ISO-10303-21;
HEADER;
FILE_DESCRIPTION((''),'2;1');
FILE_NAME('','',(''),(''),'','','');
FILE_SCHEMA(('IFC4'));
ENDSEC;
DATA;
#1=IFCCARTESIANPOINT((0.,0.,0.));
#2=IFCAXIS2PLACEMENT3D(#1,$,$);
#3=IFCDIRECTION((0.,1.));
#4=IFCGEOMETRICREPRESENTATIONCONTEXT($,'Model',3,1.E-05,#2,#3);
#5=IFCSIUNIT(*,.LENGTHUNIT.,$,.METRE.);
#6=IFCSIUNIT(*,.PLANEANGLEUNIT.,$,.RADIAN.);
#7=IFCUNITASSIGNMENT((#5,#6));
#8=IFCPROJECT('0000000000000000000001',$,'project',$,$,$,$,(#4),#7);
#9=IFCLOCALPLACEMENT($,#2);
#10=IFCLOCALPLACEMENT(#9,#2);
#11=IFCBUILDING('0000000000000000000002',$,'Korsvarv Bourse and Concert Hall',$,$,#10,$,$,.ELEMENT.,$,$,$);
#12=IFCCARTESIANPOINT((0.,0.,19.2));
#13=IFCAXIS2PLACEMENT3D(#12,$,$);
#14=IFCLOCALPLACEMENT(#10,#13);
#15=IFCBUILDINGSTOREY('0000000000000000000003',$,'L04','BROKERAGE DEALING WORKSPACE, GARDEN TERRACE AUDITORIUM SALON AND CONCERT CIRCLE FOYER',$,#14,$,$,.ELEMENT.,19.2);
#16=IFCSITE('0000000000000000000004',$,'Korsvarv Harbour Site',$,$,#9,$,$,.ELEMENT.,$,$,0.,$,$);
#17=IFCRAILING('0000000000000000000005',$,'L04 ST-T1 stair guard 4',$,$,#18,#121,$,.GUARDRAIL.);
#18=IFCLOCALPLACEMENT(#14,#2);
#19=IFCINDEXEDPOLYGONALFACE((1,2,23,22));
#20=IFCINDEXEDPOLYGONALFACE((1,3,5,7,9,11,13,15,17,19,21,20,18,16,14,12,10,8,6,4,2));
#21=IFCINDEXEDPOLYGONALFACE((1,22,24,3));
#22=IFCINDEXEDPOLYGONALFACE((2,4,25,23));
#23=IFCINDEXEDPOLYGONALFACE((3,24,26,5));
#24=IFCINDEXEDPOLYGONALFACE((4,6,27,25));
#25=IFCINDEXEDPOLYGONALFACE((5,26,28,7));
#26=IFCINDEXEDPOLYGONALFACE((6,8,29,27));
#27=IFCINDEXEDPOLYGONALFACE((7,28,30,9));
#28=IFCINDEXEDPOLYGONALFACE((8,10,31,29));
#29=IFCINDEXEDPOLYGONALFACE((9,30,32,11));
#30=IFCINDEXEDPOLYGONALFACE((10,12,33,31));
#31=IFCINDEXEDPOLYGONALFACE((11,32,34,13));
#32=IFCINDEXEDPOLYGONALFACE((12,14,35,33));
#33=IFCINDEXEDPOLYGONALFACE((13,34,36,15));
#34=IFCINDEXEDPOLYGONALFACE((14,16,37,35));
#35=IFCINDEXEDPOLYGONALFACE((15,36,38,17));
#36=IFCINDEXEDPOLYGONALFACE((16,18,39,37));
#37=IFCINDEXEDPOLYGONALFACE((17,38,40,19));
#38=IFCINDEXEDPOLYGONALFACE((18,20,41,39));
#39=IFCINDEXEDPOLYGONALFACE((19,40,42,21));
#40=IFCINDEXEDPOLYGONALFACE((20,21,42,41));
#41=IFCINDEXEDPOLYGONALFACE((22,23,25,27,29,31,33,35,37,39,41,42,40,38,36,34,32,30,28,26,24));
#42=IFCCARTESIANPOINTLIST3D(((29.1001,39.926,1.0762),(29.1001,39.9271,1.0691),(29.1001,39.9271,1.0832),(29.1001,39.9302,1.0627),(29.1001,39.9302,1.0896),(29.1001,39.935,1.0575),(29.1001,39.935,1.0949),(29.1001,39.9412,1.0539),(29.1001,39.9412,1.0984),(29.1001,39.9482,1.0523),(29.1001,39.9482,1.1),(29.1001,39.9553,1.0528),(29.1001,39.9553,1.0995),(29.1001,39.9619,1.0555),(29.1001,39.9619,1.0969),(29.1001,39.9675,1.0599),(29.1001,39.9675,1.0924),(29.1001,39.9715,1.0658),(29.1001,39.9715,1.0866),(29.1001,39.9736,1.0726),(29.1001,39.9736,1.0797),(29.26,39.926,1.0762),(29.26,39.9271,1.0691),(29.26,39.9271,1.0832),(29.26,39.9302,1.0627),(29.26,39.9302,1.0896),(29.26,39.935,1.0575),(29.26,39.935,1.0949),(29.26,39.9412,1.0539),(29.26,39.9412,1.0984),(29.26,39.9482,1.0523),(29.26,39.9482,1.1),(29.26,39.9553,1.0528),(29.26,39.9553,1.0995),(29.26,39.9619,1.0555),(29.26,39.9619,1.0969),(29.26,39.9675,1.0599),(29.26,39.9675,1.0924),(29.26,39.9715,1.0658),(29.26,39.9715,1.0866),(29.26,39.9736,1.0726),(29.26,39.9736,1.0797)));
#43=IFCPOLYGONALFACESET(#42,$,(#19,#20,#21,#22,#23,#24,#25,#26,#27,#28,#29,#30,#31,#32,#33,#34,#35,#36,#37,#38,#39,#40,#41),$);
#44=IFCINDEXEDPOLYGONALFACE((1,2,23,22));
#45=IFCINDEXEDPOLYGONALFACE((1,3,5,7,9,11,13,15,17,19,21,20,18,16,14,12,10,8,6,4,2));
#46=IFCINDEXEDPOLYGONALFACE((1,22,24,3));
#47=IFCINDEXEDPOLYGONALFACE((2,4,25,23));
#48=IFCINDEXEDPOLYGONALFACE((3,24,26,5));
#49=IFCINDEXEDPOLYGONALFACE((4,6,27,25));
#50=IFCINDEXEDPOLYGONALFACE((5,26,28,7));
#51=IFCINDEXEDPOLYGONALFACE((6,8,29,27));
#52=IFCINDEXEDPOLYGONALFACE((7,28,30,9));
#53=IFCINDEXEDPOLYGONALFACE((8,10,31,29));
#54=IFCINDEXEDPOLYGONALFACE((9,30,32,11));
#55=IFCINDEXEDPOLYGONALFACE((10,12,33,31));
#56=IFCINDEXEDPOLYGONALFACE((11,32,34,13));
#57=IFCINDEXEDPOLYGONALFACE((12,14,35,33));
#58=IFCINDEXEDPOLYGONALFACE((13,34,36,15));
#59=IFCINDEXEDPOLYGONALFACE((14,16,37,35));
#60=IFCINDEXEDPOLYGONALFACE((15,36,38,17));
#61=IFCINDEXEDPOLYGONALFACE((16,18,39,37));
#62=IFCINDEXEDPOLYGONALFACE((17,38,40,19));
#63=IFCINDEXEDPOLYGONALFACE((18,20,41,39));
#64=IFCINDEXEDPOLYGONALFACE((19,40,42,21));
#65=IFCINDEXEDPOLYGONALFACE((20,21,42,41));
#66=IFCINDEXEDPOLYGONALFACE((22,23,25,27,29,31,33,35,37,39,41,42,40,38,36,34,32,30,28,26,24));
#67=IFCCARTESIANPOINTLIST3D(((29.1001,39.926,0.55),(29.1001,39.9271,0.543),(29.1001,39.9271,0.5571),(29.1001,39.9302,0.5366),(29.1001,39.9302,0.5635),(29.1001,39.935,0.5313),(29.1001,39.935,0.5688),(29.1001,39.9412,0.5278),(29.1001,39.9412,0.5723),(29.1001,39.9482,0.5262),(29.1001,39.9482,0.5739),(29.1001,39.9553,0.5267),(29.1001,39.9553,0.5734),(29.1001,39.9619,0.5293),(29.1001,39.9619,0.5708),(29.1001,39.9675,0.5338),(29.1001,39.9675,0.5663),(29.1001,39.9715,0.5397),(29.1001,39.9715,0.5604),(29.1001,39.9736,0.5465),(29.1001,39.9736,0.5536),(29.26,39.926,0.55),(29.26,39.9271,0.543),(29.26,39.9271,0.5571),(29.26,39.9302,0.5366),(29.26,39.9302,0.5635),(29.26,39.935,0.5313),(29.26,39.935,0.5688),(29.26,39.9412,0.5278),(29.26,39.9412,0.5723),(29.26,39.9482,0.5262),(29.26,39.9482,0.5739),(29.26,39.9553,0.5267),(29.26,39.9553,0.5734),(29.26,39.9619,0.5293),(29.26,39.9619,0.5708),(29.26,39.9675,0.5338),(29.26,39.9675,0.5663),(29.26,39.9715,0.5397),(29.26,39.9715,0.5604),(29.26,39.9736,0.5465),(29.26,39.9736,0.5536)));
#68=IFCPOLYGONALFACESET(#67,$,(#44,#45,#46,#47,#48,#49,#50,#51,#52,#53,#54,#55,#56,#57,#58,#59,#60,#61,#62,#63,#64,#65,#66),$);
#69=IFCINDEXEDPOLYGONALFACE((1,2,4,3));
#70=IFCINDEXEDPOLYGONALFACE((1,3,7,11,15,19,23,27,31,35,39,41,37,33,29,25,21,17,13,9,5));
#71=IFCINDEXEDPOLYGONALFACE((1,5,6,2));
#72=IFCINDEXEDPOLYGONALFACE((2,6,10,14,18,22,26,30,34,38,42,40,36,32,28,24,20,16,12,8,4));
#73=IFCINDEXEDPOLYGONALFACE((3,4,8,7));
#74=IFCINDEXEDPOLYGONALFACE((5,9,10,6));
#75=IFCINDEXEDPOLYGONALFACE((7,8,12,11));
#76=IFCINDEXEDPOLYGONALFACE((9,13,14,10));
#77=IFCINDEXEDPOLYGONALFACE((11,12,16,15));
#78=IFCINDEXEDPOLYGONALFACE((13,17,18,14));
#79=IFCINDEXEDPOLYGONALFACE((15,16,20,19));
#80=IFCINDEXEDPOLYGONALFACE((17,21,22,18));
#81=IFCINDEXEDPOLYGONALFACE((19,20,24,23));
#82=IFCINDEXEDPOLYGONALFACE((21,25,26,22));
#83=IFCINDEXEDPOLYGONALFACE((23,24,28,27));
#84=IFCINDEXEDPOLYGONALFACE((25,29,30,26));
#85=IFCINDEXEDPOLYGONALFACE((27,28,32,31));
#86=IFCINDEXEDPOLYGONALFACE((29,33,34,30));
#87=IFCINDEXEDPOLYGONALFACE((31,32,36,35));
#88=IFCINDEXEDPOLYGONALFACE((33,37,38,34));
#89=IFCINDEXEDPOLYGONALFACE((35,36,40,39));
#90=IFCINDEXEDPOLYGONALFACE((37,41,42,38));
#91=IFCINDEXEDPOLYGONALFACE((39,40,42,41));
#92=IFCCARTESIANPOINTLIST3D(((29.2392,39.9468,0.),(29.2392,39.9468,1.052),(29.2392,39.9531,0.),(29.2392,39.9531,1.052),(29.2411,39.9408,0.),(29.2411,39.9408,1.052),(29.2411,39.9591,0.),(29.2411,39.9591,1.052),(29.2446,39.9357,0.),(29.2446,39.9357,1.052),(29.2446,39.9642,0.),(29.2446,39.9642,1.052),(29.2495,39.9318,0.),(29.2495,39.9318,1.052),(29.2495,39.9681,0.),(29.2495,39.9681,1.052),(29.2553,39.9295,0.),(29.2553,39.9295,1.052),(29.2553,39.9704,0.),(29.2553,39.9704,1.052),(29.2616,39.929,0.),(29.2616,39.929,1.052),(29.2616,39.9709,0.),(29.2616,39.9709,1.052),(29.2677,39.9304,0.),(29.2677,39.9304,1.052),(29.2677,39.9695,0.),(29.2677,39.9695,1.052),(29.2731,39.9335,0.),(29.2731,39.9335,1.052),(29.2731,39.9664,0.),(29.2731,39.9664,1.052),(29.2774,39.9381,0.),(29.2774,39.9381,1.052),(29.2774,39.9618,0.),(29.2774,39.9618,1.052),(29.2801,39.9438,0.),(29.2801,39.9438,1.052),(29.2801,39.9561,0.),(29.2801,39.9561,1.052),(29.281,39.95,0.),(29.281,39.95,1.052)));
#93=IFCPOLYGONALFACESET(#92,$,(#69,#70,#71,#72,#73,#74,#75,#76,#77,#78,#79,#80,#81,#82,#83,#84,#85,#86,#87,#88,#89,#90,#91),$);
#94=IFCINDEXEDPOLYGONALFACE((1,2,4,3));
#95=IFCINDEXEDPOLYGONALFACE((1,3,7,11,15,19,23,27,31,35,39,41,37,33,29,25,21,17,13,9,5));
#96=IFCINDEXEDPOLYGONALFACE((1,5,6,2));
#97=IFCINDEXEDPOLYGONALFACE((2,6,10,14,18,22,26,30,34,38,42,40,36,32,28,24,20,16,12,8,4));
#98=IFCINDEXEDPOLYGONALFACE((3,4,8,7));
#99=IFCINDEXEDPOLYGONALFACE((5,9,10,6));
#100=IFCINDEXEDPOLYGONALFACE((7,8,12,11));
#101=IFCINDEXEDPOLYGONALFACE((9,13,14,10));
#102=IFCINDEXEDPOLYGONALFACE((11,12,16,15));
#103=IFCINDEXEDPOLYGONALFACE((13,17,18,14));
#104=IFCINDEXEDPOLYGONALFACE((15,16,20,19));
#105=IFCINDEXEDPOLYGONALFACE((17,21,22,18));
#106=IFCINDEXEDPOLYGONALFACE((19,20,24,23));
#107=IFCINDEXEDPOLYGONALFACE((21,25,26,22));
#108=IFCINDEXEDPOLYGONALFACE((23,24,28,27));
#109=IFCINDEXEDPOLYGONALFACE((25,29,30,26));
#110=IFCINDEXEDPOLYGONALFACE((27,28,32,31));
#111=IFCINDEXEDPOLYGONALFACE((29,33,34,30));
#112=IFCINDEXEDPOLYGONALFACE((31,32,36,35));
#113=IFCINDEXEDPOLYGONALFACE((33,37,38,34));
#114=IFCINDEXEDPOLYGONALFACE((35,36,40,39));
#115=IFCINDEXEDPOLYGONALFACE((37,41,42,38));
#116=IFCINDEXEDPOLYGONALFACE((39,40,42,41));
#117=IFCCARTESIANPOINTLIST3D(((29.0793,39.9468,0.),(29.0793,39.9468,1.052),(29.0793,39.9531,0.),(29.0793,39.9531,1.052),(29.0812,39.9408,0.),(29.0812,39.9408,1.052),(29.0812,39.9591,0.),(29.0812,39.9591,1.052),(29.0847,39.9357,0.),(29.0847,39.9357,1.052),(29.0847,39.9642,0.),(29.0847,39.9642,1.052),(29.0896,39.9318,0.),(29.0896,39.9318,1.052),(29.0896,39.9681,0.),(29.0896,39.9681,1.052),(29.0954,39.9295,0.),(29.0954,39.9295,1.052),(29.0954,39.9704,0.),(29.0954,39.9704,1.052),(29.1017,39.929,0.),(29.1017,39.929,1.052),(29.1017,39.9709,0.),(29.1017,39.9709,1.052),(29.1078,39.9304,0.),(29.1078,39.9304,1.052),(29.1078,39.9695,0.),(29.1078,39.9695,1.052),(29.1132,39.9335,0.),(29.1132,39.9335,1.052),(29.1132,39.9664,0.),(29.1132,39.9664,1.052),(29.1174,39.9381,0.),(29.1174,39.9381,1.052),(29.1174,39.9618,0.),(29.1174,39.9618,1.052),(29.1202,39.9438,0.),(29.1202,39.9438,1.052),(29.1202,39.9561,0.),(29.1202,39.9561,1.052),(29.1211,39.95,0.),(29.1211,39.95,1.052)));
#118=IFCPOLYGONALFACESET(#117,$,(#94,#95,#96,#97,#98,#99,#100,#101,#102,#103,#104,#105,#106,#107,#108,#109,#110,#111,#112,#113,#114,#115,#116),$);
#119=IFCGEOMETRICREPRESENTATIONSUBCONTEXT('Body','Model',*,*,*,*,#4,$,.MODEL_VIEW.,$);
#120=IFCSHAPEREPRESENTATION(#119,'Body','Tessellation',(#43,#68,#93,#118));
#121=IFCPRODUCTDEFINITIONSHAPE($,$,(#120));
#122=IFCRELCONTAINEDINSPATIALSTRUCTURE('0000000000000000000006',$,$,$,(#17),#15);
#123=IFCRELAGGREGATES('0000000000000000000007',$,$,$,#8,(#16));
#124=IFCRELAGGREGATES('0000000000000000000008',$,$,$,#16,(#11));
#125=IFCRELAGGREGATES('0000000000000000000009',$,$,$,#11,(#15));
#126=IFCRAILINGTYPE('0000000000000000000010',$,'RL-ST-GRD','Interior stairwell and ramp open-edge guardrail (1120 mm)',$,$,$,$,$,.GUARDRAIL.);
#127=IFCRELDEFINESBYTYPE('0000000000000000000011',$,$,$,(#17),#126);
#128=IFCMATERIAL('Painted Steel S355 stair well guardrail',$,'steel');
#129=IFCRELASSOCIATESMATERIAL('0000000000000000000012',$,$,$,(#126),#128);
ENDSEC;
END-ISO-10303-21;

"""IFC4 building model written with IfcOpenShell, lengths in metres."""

from ifc_helpers import new_model, si_unit, direction, frame, origin, origin_2d, place, context, subcontext, project, spatial, circle, extrude, material, type_object, element, save


model = new_model("IFC4")

# Units and contexts
model_context = context("Model", 3, precision=1e-05, world=origin(), true_north=direction((0.0, 1.0)))
body_context = subcontext(model_context, "Body", "Model", "MODEL_VIEW")
ifc_project = project(units=[si_unit("LENGTHUNIT", "METRE"), si_unit("PLANEANGLEUNIT", "RADIAN")], contexts=[model_context])

# Site, building, storey
site_placement = place(None, origin())
site = spatial("IfcSite", under=ifc_project, at=site_placement, Name="Korsvarv Harbour Site", CompositionType="ELEMENT", RefElevation=0.0)
building_placement = place(site_placement, origin())
building = spatial("IfcBuilding", under=site, at=building_placement, Name="Korsvarv Bourse and Concert Hall", CompositionType="ELEMENT")
storey_placement = place(building_placement, frame((0.0, 0.0, 19.2)))
storey = spatial("IfcBuildingStorey", under=building, at=storey_placement, Name="L04", Description="BROKERAGE DEALING WORKSPACE, GARDEN TERRACE AUDITORIUM SALON AND CONCERT CIRCLE FOYER", CompositionType="ELEMENT", Elevation=19.2)

# Railing
ifc_material_1 = material(Name="Painted Steel S355 stair well guardrail", Category="steel")
railing_type_1 = type_object("IfcRailingType", Name="RL-ST-GRD", Description="Interior stairwell and ramp open-edge guardrail (1120 mm)", PredefinedType="GUARDRAIL", material=ifc_material_1)
railing_1_placement = place(storey_placement, frame((29.26, 39.95, 0.0)))
element("IfcRailing", 1, at=railing_1_placement, inside=storey, type_object=railing_type_1, Name="L04 ST-T1 stair guard 4", PredefinedType="GUARDRAIL", context=body_context, shape_type="SweptSolid", body=[
    extrude(circle(Radius=0.0239, at=origin_2d()), frame((0.0, 0.0, 1.0762), z_axis=(-1.0, 0.0, 0.0), x_axis=(0.0, -1.0, 0.0)), (0.0, 0.0, 1.0), 0.1599),
    extrude(circle(Radius=0.0239, at=origin_2d()), frame((0.0, 0.0, 0.55), z_axis=(-1.0, 0.0, 0.0), x_axis=(0.0, -1.0, 0.0)), (0.0, 0.0, 1.0), 0.1599),
    extrude(circle(Radius=0.021, at=origin_2d()), origin(), (0.0, 0.0, 1.0), 1.052),
    extrude(circle(Radius=0.021, at=origin_2d()), frame((-0.1599, 0.0, 0.0)), (0.0, 0.0, 1.0), 1.052),
])

save(model, "model.ifc")
